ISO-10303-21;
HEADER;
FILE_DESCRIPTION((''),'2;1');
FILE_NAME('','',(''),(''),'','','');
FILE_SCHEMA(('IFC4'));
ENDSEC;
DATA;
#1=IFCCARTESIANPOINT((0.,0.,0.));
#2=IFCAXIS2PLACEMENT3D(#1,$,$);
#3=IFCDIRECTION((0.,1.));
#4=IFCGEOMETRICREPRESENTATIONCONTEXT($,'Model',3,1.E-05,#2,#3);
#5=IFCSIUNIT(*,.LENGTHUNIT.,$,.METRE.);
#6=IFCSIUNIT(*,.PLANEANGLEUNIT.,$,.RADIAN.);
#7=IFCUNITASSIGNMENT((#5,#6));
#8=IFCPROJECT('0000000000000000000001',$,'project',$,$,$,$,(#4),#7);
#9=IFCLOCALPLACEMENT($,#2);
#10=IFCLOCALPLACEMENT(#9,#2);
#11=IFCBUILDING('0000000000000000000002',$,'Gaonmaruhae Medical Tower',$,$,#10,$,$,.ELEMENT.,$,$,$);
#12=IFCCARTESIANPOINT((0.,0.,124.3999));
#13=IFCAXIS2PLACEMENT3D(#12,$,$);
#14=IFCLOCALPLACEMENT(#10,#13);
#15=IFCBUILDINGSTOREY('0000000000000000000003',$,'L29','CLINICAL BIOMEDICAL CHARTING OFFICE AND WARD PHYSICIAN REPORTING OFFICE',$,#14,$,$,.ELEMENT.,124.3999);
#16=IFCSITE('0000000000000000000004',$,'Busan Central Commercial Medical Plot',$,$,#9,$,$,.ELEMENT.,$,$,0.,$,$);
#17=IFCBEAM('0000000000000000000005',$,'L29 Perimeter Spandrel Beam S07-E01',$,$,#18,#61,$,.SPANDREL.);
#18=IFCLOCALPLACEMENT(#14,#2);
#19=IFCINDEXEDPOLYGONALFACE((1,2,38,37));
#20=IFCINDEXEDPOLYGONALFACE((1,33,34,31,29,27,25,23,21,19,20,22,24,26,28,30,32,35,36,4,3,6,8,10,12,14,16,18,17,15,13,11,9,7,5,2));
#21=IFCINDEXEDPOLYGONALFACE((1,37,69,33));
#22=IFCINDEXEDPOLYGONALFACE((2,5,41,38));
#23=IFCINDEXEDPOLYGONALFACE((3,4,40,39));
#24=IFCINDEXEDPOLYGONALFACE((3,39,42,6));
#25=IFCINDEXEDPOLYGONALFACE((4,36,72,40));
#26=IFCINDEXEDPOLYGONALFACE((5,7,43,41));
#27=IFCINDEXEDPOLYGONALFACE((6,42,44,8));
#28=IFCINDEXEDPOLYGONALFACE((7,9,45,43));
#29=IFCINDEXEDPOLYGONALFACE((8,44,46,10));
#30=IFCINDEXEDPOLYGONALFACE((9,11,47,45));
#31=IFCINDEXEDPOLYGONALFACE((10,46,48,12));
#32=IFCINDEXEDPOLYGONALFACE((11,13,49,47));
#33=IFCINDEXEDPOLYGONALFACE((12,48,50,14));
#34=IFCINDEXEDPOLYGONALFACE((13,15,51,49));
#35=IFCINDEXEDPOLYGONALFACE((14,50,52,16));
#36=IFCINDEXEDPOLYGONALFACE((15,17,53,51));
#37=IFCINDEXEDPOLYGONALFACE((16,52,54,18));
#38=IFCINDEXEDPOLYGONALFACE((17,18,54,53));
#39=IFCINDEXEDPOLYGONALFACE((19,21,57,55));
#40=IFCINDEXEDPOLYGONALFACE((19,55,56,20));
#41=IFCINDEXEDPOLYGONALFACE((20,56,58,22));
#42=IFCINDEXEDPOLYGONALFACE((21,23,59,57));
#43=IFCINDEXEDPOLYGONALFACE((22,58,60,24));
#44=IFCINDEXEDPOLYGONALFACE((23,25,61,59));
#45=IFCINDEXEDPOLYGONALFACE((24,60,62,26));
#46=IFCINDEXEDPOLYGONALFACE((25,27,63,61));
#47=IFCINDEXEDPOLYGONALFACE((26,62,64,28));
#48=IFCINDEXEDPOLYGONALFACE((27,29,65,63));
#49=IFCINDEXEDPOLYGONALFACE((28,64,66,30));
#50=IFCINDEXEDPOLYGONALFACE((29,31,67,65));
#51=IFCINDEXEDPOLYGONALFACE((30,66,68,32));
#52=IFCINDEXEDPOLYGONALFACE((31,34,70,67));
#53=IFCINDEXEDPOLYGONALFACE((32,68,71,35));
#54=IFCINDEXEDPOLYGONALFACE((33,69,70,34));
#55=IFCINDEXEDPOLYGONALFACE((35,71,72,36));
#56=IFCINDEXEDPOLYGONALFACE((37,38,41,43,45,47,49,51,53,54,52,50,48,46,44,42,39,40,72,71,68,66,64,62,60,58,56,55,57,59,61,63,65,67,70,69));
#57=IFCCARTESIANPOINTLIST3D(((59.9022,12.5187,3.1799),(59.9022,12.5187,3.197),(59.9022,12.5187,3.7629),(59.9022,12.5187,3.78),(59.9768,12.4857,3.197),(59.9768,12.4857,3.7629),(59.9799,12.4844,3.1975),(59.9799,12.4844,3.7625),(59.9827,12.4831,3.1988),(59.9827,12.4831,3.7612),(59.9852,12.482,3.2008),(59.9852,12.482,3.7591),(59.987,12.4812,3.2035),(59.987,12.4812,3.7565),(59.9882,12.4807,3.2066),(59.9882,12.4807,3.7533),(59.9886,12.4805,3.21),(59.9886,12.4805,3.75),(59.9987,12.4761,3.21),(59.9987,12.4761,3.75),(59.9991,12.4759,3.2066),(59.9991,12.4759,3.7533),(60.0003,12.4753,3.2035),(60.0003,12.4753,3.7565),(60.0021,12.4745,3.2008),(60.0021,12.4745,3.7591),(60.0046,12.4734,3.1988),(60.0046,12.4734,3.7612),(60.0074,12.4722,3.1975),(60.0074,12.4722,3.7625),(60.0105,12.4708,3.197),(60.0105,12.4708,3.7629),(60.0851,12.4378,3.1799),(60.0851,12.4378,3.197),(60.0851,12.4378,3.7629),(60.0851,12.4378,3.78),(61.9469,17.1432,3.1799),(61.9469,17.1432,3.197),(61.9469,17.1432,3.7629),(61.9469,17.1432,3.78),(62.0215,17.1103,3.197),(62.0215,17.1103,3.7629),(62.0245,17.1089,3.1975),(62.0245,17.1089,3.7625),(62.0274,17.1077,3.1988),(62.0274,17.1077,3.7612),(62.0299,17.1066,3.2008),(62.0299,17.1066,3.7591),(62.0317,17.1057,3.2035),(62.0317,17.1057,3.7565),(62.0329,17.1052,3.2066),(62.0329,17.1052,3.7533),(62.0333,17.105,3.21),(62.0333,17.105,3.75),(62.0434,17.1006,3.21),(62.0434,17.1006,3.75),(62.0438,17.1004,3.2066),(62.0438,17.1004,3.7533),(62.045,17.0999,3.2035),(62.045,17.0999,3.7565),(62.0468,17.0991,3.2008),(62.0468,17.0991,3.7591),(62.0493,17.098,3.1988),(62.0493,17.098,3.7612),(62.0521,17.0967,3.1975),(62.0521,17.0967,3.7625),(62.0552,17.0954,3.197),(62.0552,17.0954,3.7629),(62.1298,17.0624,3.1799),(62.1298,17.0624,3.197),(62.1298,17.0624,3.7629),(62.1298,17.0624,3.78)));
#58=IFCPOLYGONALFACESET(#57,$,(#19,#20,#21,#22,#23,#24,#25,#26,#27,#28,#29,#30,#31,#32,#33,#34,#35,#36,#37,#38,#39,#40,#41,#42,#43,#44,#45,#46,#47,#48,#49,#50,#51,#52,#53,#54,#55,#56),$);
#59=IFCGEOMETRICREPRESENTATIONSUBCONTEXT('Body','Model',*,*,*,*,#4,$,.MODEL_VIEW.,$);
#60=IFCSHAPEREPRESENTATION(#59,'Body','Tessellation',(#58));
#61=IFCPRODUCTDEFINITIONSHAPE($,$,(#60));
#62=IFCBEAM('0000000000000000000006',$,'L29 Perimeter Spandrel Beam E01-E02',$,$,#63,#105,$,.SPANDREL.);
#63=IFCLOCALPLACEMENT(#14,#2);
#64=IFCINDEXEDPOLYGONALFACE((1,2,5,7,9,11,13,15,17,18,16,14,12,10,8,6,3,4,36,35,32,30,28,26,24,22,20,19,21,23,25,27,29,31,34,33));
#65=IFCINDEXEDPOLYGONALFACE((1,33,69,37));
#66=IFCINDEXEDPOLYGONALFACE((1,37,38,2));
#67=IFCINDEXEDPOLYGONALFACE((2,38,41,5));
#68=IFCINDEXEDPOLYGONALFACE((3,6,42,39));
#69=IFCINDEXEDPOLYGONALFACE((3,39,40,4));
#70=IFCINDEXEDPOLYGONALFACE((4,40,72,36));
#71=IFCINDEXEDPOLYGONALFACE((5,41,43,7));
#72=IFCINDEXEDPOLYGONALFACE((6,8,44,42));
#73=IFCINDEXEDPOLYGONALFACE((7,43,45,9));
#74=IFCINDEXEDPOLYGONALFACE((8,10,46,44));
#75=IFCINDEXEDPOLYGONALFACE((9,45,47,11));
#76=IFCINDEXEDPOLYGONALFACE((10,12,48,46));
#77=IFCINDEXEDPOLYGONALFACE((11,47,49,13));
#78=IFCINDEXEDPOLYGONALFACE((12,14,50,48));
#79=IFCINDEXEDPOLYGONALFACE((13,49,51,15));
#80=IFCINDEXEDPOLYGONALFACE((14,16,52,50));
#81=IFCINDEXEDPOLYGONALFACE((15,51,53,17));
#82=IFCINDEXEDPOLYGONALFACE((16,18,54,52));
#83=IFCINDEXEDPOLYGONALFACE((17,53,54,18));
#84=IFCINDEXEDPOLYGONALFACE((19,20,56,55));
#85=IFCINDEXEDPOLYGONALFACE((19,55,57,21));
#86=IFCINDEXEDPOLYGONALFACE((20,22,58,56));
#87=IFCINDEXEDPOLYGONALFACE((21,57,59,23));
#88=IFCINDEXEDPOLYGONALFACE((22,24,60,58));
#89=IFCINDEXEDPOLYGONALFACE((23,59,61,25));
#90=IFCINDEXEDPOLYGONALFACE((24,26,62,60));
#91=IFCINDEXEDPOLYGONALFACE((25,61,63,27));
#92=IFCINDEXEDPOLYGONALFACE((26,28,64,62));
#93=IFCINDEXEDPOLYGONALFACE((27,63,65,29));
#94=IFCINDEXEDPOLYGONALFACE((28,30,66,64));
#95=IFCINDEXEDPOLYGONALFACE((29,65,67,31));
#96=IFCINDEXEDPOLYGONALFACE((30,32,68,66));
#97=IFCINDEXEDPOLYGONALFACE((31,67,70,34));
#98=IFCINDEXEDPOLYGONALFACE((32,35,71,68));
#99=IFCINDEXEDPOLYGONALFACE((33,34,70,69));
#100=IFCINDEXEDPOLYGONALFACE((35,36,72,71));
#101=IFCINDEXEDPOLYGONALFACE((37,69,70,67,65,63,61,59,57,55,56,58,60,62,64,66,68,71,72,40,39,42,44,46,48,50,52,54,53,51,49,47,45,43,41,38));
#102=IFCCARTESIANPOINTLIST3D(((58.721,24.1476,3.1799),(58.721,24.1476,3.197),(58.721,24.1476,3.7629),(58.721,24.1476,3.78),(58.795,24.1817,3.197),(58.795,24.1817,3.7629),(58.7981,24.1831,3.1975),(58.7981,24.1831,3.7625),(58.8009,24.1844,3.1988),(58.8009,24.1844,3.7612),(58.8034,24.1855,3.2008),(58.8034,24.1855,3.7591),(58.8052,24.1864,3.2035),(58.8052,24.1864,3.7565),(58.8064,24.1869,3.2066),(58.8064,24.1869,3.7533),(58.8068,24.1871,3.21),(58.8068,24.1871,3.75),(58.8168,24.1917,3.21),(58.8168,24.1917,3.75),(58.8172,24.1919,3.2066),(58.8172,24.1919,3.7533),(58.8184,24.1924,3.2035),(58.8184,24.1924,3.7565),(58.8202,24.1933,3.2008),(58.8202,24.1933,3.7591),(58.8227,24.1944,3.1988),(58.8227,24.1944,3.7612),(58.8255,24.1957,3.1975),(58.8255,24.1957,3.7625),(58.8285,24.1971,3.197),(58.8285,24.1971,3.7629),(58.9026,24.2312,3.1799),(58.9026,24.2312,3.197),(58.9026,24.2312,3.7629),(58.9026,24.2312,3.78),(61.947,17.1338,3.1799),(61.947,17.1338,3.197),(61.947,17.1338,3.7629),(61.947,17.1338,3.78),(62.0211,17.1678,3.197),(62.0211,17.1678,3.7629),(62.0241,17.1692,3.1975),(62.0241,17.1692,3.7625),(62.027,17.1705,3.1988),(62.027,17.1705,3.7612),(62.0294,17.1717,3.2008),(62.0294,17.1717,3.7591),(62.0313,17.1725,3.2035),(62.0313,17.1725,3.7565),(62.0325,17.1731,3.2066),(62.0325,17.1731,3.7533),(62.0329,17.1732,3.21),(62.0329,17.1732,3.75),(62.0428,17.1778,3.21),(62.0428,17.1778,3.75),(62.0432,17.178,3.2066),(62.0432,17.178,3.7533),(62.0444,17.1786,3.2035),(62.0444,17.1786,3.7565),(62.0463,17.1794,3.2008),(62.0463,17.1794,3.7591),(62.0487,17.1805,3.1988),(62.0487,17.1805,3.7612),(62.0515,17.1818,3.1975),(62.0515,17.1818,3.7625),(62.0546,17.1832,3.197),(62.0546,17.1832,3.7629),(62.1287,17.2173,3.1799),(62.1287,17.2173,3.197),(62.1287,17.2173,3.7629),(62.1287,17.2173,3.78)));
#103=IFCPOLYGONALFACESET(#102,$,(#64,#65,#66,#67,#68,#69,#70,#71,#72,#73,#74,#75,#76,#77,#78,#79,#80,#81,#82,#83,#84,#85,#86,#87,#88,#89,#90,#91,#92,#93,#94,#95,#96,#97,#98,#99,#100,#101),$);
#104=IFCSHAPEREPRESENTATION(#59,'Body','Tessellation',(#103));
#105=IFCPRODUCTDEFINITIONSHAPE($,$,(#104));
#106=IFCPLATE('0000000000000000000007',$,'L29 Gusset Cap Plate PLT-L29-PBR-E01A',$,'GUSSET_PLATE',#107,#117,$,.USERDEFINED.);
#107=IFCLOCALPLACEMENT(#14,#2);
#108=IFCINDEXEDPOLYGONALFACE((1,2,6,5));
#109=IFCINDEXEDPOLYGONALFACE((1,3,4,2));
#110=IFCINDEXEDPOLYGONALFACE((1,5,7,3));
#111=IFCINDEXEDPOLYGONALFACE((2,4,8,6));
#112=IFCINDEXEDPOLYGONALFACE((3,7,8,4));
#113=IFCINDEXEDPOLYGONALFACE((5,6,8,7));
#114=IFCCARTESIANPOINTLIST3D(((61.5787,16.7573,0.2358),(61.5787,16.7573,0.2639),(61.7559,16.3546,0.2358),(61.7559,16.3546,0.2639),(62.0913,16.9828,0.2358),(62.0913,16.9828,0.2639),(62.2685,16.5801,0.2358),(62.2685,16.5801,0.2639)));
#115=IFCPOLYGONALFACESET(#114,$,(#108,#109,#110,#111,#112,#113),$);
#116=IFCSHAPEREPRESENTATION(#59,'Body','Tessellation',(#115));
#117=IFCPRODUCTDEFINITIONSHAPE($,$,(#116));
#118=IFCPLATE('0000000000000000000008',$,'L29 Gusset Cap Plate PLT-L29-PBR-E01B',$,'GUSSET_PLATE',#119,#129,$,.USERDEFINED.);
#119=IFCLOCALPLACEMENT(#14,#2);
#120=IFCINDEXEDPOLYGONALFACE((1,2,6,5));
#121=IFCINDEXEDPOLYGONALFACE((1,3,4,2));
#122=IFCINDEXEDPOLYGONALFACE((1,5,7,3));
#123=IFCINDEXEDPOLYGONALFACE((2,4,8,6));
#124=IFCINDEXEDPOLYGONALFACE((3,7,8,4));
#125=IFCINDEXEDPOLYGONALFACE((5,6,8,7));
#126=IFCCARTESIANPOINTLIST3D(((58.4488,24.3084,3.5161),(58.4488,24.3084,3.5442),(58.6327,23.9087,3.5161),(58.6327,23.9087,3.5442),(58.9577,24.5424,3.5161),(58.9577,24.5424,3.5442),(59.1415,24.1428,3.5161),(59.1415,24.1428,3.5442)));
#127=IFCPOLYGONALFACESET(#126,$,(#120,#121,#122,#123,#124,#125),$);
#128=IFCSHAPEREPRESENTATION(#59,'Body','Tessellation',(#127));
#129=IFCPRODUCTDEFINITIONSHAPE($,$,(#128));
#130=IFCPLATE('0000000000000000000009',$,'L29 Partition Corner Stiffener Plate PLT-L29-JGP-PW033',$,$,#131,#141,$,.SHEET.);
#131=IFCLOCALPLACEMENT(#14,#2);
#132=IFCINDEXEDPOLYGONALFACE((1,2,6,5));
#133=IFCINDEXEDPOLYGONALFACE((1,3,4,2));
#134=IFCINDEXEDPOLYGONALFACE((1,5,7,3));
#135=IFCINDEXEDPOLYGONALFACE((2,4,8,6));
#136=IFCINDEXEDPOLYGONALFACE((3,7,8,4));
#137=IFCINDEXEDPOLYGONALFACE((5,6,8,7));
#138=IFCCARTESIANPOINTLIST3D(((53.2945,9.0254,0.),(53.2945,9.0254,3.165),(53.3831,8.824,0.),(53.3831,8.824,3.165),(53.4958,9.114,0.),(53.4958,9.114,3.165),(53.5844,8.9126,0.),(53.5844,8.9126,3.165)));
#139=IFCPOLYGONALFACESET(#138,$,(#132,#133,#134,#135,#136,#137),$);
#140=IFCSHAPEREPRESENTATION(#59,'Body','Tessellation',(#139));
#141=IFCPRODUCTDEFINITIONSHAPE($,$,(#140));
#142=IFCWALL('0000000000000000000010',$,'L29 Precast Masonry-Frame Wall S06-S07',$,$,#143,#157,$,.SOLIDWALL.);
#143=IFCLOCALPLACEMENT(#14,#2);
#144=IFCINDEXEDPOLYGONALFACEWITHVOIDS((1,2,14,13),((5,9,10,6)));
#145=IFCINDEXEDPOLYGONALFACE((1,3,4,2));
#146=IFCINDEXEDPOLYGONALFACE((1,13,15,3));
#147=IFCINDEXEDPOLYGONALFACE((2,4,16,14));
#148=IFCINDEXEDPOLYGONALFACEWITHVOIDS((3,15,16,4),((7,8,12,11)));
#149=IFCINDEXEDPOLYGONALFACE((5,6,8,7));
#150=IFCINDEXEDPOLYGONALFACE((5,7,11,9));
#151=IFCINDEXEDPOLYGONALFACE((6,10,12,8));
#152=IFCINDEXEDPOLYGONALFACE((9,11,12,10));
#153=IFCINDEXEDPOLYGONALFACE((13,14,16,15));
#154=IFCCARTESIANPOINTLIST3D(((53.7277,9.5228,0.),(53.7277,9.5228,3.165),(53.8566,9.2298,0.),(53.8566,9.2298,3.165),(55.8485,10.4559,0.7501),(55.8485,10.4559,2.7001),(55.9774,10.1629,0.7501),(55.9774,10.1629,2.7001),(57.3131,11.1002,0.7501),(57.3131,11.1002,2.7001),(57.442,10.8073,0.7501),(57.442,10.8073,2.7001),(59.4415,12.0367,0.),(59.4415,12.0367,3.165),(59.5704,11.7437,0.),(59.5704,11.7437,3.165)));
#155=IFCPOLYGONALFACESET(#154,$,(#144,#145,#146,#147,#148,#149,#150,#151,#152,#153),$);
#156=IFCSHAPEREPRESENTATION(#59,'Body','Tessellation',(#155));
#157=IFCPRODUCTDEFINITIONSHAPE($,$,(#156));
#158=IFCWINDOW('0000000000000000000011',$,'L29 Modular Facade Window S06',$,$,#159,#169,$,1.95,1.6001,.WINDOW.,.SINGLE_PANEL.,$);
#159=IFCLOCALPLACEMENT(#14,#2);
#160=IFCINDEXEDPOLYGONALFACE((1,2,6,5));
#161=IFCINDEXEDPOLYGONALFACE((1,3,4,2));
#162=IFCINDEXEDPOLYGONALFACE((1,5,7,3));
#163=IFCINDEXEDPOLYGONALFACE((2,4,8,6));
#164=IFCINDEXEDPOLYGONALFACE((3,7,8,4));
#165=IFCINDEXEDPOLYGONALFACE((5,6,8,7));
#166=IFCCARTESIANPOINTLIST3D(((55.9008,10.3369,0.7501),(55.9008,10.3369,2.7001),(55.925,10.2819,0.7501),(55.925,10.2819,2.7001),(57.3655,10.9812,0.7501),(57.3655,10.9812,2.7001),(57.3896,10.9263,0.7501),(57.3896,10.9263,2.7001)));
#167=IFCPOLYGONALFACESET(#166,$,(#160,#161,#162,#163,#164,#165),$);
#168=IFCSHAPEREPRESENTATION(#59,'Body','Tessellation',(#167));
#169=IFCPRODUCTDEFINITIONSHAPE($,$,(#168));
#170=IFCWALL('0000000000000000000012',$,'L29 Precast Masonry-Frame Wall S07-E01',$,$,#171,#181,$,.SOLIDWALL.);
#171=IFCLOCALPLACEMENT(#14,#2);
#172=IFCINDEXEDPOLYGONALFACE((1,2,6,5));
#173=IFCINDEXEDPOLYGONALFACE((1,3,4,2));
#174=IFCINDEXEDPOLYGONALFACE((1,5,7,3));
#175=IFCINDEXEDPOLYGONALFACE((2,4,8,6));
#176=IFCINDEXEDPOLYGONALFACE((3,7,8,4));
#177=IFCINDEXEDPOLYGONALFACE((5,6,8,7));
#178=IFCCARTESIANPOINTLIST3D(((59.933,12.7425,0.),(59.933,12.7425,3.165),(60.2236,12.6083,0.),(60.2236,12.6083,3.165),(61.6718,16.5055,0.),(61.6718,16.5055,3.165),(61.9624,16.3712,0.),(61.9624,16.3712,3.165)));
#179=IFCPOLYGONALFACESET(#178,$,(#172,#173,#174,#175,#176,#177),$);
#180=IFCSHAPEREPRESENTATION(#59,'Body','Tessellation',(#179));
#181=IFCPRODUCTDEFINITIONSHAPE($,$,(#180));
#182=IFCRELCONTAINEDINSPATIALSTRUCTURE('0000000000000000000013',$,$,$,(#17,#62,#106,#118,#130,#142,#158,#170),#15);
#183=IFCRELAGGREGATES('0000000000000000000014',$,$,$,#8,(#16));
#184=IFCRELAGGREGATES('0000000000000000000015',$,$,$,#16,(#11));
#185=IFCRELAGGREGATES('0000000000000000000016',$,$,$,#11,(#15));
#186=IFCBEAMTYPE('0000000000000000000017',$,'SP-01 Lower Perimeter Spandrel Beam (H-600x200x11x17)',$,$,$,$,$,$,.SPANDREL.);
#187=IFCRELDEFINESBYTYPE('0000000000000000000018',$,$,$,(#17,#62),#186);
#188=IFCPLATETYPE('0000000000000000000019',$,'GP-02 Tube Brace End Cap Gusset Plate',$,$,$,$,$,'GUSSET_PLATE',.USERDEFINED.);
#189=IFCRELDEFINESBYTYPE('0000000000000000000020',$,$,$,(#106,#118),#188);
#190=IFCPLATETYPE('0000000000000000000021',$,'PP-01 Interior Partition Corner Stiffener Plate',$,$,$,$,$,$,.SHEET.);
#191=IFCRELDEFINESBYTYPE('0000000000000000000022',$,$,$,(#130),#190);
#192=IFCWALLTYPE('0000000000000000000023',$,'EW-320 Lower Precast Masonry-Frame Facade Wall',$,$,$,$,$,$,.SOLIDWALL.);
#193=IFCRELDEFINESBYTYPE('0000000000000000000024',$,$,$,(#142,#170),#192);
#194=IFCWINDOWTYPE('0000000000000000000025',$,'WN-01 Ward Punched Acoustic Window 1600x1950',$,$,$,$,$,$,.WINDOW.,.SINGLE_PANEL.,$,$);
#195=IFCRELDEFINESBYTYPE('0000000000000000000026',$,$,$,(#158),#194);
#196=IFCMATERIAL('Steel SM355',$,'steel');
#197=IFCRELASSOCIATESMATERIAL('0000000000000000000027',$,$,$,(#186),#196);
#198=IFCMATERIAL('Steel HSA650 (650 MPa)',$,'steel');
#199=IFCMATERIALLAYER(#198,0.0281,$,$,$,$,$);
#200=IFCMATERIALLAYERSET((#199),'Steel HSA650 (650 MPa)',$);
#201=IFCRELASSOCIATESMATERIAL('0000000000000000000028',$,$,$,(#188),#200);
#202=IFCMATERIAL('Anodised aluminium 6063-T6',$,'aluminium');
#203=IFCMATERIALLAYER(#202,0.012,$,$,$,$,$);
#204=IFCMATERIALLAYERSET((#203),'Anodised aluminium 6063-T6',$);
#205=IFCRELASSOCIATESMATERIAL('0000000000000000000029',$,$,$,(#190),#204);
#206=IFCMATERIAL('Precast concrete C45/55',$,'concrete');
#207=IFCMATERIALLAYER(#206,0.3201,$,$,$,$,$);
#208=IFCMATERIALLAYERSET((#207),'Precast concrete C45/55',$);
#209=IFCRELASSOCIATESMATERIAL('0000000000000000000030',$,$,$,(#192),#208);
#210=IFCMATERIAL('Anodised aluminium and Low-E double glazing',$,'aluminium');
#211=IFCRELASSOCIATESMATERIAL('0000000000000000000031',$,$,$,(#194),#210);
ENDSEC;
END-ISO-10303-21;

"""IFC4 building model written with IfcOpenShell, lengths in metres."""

from ifc_helpers import new_model, si_unit, direction, frame, frame_2d, origin, origin_2d, place, context, subcontext, project, spatial, rectangle, i_section, extrude, material, layer, layer_set, material_profile, profile_set, type_object, element, fill, save


model = new_model("IFC4")

# Units and contexts
model_context = context("Model", 3, precision=1e-05, world=origin(), true_north=direction((0.0, 1.0)))
body_context = subcontext(model_context, "Body", "Model", "MODEL_VIEW")
ifc_project = project(units=[si_unit("LENGTHUNIT", "METRE"), si_unit("PLANEANGLEUNIT", "RADIAN")], contexts=[model_context])

# Site, building, storey
site_placement = place(None, origin())
site = spatial("IfcSite", under=ifc_project, at=site_placement, Name="Busan Central Commercial Medical Plot", CompositionType="ELEMENT", RefElevation=0.0)
building_placement = place(site_placement, origin())
building = spatial("IfcBuilding", under=site, at=building_placement, Name="Gaonmaruhae Medical Tower", CompositionType="ELEMENT")
storey_placement = place(building_placement, frame((0.0, 0.0, 124.3999)))
storey = spatial("IfcBuildingStorey", under=building, at=storey_placement, Name="L29", Description="CLINICAL BIOMEDICAL CHARTING OFFICE AND WARD PHYSICIAN REPORTING OFFICE", CompositionType="ELEMENT", Elevation=124.3999)

# Beams
ifc_material_1 = material(Name="Steel SM355", Category="steel")
ifc_material_profile_1 = material_profile(ifc_material_1, i_section(OverallWidth=0.2, OverallDepth=0.6001, WebThickness=0.011, FlangeThickness=0.0171, FilletRadius=0.0129, at=origin_2d()), Name="H-600x200x11x17")
ifc_profile_set_1 = profile_set([ifc_material_profile_1], Name="Steel SM355")
beam_type = type_object("IfcBeamType", Name="SP-01 Lower Perimeter Spandrel Beam (H-600x200x11x17)", PredefinedType="SPANDREL", material=ifc_profile_set_1)
beam_1_placement = place(storey_placement, frame((59.9937, 12.4783, 3.48), z_axis=(0.404377, 0.914592, 0.0), x_axis=(-0.914592, 0.404377, 0.0)))
element("IfcBeam", 1, at=beam_1_placement, inside=storey, type_object=beam_type, Name="L29 Perimeter Spandrel Beam S07-E01", PredefinedType="SPANDREL", context=body_context, shape_type="SweptSolid", body=[
    extrude(i_section(OverallWidth=0.2, OverallDepth=0.6001, WebThickness=0.011, FlangeThickness=0.0171, FilletRadius=0.0129, at=origin_2d()), origin(), (0.0, 0.0, 1.0), 5.0564),
])
beam_2_placement = place(storey_placement, frame((62.0378, 17.1755, 3.48), z_axis=(-0.417871, 0.908507, 0.0), x_axis=(-0.908507, -0.417871, 0.0)))
element("IfcBeam", 2, at=beam_2_placement, inside=storey, type_object=beam_type, Name="L29 Perimeter Spandrel Beam E01-E02", PredefinedType="SPANDREL", context=body_context, shape_type="SweptSolid", body=[
    extrude(i_section(OverallWidth=0.2, OverallDepth=0.6001, WebThickness=0.011, FlangeThickness=0.0171, FilletRadius=0.0129, at=origin_2d()), origin(), (0.0, 0.0, 1.0), 7.7202),
])

# Plates
ifc_material_2 = material(Name="Steel HSA650 (650 MPa)", Category="steel")
ifc_layer_1 = layer(ifc_material_2, 0.0281)
ifc_layer_set_1 = layer_set([ifc_layer_1], Name="Steel HSA650 (650 MPa)")
plate_type_1 = type_object("IfcPlateType", Name="GP-02 Tube Brace End Cap Gusset Plate", ElementType="GUSSET_PLATE", PredefinedType="USERDEFINED", material=ifc_layer_set_1)
for number, where, z_axis, x_axis, name in (
    (3, (61.9236, 16.6687, 0.2358), (0.0, 0.0, 1.0), (0.915311, 0.402747, 0.0), "L29 Gusset Cap Plate PLT-L29-PBR-E01A"),
    (4, (58.7952, 24.2256, 3.5161), (0.0, 0.0, 1.0), (0.908508, 0.417867, 0.0), "L29 Gusset Cap Plate PLT-L29-PBR-E01B"),
):
    element("IfcPlate", number, at=place(storey_placement, frame(where, z_axis=z_axis, x_axis=x_axis)), inside=storey, type_object=plate_type_1, Name=name, ObjectType="GUSSET_PLATE", PredefinedType="USERDEFINED", context=body_context, shape_type="SweptSolid", body=[
        extrude(rectangle(XDim=0.5601, YDim=0.4399, at=origin_2d()), origin(), (0.0, 0.0, 1.0), 0.0281),
    ])
ifc_material_3 = material(Name="Anodised aluminium 6063-T6", Category="aluminium")
ifc_layer_2 = layer(ifc_material_3, 0.012)
ifc_layer_set_2 = layer_set([ifc_layer_2], Name="Anodised aluminium 6063-T6")
plate_type_2 = type_object("IfcPlateType", Name="PP-01 Interior Partition Corner Stiffener Plate", PredefinedType="SHEET", material=ifc_layer_set_2)
plate_placement = place(storey_placement, frame((53.4395, 8.969, 0.0), z_axis=(0.0, 0.0, 1.0), x_axis=(-0.915333, -0.402699, 0.0)))
element("IfcPlate", 5, at=plate_placement, inside=storey, type_object=plate_type_2, Name="L29 Partition Corner Stiffener Plate PLT-L29-JGP-PW033", PredefinedType="SHEET", context=body_context, shape_type="SweptSolid", body=[
    extrude(rectangle(XDim=0.22, YDim=0.22, at=origin_2d()), origin(), (0.0, 0.0, 1.0), 3.165),
])

# Wall, opening, window
ifc_material_4 = material(Name="Precast concrete C45/55", Category="concrete")
ifc_layer_3 = layer(ifc_material_4, 0.3201)
ifc_layer_set_3 = layer_set([ifc_layer_3], Name="Precast concrete C45/55")
wall_type_1 = type_object("IfcWallType", Name="EW-320 Lower Precast Masonry-Frame Facade Wall", PredefinedType="SOLIDWALL", material=ifc_layer_set_3)
wall_1_placement = place(storey_placement, frame((59.5059, 11.8901, 0.0), z_axis=(0.0, 0.0, 1.0), x_axis=(-0.915326, -0.402714, 0.0)))
wall_1 = element("IfcWall", 6, at=wall_1_placement, inside=storey, type_object=wall_type_1, Name="L29 Precast Masonry-Frame Wall S06-S07", PredefinedType="SOLIDWALL", context=body_context, shape_type="SweptSolid", body=[
    extrude(rectangle(XDim=6.2424, YDim=0.3201, at=frame_2d((3.1211, 0.0))), origin(), (0.0, 0.0, 1.0), 3.165),
])
opening_placement = place(wall_1_placement, frame((2.3252, 0.0, 0.75)))
opening = element("IfcOpeningElement", 7, at=opening_placement, cuts=wall_1, PredefinedType="OPENING", context=body_context, shape_type="SweptSolid", body=[
    extrude(rectangle(XDim=1.6001, YDim=1.95, at=frame_2d((0.8, 0.9751))), frame((0.0, 0.1699, 0.0), z_axis=(0.0, -1.0, 0.0), x_axis=(1.0, 0.0, 0.0)), (0.0, 0.0, 1.0), 0.3401),
])
ifc_material_5 = material(Name="Anodised aluminium and Low-E double glazing", Category="aluminium")
window_type = type_object("IfcWindowType", Name="WN-01 Ward Punched Acoustic Window 1600x1950", PartitioningType="SINGLE_PANEL", PredefinedType="WINDOW", material=ifc_material_5)
window_placement = place(opening_placement, origin())
window = element("IfcWindow", 8, at=window_placement, inside=storey, type_object=window_type, Name="L29 Modular Facade Window S06", OverallHeight=1.95, OverallWidth=1.6001, PartitioningType="SINGLE_PANEL", PredefinedType="WINDOW", context=body_context, shape_type="SweptSolid", body=[
    extrude(rectangle(XDim=1.6001, YDim=1.95, at=frame_2d((0.8, 0.9751))), frame((0.0, 0.03, 0.0), z_axis=(0.0, -1.0, 0.0), x_axis=(1.0, 0.0, 0.0)), (0.0, 0.0, 1.0), 0.0601),
])
fill(opening, window)

# Wall
wall_2_placement = place(storey_placement, frame((61.8171, 16.4385, 0.0), z_axis=(0.0, 0.0, 1.0), x_axis=(-0.419462, -0.907773, 0.0)))
element("IfcWall", 9, at=wall_2_placement, inside=storey, type_object=wall_type_1, Name="L29 Precast Masonry-Frame Wall S07-E01", PredefinedType="SOLIDWALL", context=body_context, shape_type="SweptSolid", body=[
    extrude(rectangle(XDim=4.1453, YDim=0.3201, at=frame_2d((2.0728, 0.0))), origin(), (0.0, 0.0, 1.0), 3.165),
])

save(model, "model.ifc")
